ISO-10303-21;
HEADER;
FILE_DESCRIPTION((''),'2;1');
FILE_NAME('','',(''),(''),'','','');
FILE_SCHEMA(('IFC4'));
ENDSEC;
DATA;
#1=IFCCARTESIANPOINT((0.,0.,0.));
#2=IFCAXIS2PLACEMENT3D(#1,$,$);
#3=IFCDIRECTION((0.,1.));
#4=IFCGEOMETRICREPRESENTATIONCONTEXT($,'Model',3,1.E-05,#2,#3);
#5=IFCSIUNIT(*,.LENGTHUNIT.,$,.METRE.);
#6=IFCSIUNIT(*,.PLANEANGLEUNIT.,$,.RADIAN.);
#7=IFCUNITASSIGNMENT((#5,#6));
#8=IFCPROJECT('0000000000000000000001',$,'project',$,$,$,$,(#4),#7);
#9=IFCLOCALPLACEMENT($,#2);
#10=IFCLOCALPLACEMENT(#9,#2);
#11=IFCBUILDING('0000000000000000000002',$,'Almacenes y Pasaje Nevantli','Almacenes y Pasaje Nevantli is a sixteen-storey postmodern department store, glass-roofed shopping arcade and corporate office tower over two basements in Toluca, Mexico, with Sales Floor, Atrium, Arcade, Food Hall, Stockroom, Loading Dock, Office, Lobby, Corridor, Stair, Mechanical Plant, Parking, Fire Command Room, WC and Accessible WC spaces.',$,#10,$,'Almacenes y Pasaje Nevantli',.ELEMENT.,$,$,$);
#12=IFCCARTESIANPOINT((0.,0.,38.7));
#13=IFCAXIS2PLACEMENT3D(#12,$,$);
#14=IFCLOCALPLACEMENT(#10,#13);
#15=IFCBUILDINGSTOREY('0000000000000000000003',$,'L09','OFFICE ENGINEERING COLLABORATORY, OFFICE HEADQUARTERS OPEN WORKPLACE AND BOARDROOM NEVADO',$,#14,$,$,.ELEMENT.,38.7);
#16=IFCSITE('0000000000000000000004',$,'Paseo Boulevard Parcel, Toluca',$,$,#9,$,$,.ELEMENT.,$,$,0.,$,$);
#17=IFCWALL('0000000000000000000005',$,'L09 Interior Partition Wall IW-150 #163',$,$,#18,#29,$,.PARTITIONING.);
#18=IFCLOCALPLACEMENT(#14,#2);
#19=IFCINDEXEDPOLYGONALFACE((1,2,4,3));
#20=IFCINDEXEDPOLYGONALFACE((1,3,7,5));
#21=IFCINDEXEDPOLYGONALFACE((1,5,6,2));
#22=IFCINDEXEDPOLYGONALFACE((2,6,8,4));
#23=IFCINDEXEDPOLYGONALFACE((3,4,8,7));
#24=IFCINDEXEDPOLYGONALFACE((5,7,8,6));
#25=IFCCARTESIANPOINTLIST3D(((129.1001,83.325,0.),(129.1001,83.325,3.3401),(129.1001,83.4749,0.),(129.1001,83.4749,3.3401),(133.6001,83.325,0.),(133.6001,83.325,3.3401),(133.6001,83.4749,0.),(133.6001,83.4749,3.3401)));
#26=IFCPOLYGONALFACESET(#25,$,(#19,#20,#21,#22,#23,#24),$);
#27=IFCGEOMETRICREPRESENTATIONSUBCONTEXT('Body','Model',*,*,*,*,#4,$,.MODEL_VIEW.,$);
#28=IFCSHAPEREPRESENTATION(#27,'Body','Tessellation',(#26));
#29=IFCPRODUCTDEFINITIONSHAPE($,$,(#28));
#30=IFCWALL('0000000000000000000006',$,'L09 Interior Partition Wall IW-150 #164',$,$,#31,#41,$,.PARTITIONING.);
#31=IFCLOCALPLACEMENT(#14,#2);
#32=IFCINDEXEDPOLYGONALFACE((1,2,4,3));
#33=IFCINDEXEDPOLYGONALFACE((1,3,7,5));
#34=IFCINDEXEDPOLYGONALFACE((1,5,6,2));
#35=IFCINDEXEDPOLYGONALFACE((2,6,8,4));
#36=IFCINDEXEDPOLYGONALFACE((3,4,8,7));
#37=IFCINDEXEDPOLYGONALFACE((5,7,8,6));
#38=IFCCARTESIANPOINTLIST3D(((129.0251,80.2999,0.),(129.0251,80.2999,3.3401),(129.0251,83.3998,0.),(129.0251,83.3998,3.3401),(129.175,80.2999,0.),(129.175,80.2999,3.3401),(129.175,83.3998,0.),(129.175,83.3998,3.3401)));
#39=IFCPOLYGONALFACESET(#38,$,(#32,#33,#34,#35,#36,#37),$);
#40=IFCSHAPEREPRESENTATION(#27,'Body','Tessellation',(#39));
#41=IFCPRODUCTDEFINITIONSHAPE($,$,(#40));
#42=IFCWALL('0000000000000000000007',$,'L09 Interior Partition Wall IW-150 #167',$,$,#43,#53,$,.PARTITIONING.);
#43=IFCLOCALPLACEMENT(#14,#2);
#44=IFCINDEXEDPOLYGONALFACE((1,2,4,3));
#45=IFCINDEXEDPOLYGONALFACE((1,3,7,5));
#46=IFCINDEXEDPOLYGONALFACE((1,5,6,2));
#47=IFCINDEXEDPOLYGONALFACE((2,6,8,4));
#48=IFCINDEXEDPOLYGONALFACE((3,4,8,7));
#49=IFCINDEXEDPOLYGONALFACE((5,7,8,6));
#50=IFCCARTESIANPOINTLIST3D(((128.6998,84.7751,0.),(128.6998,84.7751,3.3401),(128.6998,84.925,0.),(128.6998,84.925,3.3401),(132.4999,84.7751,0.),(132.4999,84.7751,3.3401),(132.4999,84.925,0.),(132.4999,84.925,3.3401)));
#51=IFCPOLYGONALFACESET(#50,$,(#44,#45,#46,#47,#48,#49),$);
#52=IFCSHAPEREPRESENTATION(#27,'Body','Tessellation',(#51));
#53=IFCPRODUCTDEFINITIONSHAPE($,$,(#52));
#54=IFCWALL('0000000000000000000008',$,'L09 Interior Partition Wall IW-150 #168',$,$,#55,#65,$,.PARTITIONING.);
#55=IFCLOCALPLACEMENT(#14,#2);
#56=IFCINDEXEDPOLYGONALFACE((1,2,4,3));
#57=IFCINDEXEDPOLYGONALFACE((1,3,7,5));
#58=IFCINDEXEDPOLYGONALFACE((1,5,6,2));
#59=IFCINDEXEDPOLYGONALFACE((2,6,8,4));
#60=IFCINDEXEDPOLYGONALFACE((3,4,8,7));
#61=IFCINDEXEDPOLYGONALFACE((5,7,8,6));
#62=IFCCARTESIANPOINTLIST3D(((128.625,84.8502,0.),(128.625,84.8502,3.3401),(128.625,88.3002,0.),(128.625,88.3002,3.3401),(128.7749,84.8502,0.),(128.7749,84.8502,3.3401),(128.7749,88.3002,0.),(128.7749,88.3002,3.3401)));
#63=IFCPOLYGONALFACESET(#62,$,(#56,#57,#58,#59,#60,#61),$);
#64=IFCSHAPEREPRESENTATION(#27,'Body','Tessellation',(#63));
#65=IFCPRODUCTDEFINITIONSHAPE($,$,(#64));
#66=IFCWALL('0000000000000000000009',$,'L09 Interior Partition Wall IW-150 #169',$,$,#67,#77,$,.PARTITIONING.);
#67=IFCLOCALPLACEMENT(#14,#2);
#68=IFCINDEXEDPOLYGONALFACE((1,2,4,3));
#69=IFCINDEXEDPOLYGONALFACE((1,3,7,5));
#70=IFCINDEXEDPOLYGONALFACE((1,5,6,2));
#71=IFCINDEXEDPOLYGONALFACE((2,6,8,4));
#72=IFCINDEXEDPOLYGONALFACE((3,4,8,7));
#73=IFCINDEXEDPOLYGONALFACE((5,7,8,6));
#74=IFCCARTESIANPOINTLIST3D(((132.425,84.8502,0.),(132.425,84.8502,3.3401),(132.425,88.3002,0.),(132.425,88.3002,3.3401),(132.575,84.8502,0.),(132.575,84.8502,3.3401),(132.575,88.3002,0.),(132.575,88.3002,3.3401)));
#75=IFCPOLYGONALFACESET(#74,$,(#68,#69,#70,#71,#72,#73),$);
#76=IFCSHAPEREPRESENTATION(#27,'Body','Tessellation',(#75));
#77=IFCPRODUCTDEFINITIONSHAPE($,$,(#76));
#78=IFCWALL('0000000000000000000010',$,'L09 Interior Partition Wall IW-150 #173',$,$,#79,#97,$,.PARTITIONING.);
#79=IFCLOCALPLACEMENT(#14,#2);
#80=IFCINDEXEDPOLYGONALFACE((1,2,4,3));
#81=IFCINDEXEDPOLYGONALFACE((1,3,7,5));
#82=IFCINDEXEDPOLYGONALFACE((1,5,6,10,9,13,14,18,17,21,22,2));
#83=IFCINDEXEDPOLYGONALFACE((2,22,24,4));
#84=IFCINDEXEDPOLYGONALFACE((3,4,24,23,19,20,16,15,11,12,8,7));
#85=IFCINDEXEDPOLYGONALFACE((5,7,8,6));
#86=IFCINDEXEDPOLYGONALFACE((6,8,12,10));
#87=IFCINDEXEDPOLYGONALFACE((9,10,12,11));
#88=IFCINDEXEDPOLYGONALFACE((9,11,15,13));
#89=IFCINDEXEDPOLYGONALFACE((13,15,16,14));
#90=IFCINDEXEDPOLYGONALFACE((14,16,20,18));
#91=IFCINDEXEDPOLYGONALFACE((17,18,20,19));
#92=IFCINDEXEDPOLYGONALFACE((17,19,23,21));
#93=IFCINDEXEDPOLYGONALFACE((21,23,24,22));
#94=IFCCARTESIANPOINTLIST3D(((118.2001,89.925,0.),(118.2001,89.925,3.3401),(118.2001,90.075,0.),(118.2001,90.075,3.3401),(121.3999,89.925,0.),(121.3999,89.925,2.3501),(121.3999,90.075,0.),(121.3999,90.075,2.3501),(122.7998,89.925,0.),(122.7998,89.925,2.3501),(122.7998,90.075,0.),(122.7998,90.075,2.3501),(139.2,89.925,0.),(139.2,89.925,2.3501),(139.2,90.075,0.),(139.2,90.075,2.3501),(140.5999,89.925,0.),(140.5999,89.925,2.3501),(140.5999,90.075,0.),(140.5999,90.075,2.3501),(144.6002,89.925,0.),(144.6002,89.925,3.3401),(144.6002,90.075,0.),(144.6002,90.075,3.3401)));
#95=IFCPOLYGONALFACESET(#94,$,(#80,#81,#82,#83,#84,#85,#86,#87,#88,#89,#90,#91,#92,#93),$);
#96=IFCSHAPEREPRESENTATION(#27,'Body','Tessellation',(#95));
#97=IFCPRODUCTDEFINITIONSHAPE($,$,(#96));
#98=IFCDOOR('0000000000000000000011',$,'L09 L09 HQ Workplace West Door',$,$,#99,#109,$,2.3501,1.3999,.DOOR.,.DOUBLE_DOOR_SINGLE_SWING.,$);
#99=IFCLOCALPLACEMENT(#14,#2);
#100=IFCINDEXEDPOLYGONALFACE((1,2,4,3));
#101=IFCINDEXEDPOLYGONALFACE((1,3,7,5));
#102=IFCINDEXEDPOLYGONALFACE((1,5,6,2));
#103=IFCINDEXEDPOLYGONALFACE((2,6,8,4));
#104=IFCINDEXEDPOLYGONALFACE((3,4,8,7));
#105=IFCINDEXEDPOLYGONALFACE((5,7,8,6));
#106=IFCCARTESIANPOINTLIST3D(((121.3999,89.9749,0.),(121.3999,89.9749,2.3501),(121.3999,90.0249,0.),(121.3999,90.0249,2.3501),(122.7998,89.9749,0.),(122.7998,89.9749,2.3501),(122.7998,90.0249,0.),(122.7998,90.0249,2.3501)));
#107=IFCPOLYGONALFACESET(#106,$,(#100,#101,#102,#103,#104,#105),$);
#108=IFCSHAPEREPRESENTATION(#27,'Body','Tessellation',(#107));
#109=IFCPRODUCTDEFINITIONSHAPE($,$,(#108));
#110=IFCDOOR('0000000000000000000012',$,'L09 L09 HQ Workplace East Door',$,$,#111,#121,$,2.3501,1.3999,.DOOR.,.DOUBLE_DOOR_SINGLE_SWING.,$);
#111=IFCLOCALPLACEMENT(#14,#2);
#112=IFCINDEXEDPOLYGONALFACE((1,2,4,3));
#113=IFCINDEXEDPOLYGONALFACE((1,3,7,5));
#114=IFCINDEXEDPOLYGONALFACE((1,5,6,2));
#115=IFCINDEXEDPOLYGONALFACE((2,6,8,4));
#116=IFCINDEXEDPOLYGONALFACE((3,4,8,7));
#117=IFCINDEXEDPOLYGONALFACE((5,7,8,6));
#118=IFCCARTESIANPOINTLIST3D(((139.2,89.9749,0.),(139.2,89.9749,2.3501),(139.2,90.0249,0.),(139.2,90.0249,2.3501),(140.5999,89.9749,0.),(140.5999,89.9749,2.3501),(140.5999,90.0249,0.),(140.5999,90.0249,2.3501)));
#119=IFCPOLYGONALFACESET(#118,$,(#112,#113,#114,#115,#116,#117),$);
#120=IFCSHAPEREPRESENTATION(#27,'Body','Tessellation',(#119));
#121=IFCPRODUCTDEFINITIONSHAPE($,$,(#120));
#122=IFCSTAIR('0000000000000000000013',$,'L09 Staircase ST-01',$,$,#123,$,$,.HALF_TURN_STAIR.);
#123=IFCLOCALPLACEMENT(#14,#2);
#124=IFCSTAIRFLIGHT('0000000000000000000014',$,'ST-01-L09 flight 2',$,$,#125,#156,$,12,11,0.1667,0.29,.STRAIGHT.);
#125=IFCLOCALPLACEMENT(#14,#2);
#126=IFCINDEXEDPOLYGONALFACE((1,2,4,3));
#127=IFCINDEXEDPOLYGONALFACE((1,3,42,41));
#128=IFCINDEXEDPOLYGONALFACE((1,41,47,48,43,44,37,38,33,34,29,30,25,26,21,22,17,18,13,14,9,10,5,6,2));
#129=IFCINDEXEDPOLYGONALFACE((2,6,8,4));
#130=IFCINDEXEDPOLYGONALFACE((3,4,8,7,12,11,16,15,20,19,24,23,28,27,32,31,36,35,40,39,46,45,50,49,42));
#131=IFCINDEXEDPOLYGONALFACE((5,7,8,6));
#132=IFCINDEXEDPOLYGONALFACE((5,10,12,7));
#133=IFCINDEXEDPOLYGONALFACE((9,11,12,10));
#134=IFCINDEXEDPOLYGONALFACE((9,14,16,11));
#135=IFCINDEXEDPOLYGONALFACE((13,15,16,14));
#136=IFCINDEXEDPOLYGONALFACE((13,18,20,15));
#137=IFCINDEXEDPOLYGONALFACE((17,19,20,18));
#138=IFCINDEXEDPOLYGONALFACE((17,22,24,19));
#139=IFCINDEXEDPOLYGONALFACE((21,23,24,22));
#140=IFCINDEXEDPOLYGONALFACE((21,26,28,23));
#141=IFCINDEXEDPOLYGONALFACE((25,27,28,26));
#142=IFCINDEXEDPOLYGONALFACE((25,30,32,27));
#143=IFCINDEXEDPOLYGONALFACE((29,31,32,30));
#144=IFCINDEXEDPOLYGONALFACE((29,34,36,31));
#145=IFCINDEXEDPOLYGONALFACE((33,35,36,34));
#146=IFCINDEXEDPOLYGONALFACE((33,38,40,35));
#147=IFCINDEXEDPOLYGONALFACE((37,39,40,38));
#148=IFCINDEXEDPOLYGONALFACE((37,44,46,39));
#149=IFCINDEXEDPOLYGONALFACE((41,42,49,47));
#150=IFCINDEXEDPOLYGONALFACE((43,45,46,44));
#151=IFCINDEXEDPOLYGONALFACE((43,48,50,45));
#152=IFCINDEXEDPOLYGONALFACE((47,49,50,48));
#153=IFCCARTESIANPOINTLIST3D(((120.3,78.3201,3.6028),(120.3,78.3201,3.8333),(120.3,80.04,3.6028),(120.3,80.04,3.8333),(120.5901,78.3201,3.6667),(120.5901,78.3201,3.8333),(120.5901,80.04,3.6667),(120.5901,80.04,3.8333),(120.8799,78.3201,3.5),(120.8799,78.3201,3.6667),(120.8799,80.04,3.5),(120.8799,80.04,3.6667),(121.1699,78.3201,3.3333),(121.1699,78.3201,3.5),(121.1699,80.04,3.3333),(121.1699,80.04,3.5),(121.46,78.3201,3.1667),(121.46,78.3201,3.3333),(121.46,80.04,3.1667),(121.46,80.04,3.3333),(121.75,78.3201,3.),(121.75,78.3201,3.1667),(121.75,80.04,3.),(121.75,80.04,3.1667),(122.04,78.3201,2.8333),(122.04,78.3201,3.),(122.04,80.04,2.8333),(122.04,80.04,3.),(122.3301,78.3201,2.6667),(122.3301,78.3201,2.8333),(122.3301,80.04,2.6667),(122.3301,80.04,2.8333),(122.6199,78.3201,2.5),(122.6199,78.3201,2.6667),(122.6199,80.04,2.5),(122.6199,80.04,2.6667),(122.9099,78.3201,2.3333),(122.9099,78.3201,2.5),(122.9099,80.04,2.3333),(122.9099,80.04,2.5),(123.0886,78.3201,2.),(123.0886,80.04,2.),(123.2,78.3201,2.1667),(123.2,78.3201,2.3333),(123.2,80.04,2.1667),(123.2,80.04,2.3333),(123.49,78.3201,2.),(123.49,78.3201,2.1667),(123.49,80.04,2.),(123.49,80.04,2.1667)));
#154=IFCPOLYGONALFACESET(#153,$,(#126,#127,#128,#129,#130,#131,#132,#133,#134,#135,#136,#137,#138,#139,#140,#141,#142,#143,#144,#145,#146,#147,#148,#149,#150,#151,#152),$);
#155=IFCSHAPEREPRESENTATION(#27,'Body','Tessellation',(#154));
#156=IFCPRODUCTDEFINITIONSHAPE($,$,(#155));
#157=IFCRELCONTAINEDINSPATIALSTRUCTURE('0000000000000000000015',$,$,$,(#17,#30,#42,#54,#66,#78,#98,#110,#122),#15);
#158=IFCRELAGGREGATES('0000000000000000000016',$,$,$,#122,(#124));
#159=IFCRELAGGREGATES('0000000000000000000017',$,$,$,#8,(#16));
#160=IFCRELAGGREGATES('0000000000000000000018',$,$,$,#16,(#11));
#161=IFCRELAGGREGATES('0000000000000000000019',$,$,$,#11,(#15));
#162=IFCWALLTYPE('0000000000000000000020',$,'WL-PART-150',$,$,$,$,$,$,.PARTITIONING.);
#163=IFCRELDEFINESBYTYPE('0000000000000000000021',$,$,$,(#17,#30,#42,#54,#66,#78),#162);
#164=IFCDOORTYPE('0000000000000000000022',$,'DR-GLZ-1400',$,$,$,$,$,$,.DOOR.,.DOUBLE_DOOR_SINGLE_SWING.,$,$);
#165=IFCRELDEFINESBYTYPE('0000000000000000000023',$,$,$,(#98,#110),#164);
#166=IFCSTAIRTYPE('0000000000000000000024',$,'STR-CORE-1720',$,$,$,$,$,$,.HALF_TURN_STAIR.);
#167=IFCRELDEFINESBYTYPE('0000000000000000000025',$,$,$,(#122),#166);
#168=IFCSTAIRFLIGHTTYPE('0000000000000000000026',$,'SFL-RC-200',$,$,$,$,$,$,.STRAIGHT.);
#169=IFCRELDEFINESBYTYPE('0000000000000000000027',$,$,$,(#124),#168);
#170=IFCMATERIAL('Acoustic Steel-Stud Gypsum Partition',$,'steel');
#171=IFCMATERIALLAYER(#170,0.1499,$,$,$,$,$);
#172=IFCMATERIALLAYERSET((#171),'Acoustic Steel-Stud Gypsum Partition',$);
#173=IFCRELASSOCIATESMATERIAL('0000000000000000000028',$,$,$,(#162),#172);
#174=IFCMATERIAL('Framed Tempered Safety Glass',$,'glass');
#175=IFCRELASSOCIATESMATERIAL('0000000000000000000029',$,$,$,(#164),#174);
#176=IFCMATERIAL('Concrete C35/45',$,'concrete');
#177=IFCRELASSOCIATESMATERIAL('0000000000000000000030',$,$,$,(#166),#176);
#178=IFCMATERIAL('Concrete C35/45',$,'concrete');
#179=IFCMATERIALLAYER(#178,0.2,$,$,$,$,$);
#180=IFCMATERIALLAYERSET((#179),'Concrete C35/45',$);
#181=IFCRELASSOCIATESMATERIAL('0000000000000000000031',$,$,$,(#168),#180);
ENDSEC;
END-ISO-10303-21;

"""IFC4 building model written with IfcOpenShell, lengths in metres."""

from ifc_helpers import new_model, si_unit, direction, frame, frame_2d, origin, place, context, subcontext, project, spatial, polyline, rectangle, outline, extrude, material, layer, layer_set, type_object, element, fill, aggregate, save


model = new_model("IFC4")

# Units and contexts
model_context = context("Model", 3, precision=1e-05, world=origin(), true_north=direction((0.0, 1.0)))
body_context = subcontext(model_context, "Body", "Model", "MODEL_VIEW")
ifc_project = project(units=[si_unit("LENGTHUNIT", "METRE"), si_unit("PLANEANGLEUNIT", "RADIAN")], contexts=[model_context])

# Site, building, storey
site_placement = place(None, origin())
site = spatial("IfcSite", under=ifc_project, at=site_placement, Name="Paseo Boulevard Parcel, Toluca", CompositionType="ELEMENT", RefElevation=0.0)
building_placement = place(site_placement, origin())
building = spatial("IfcBuilding", under=site, at=building_placement, Name="Almacenes y Pasaje Nevantli", Description="Almacenes y Pasaje Nevantli is a sixteen-storey postmodern department store, glass-roofed shopping arcade and corporate office tower over two basements in Toluca, Mexico, with Sales Floor, Atrium, Arcade, Food Hall, Stockroom, Loading Dock, Office, Lobby, Corridor, Stair, Mechanical Plant, Parking, Fire Command Room, WC and Accessible WC spaces.", LongName="Almacenes y Pasaje Nevantli", CompositionType="ELEMENT")
storey_placement = place(building_placement, frame((0.0, 0.0, 38.7)))
storey = spatial("IfcBuildingStorey", under=building, at=storey_placement, Name="L09", Description="OFFICE ENGINEERING COLLABORATORY, OFFICE HEADQUARTERS OPEN WORKPLACE AND BOARDROOM NEVADO", CompositionType="ELEMENT", Elevation=38.7)

# Shared definitions
ifc_material_1 = material(Name="Acoustic Steel-Stud Gypsum Partition", Category="steel")
ifc_layer_1 = layer(ifc_material_1, 0.1499)
ifc_layer_set_1 = layer_set([ifc_layer_1], Name="Acoustic Steel-Stud Gypsum Partition")
wall_type_1 = type_object("IfcWallType", Name="WL-PART-150", PredefinedType="PARTITIONING", material=ifc_layer_set_1)

# Walls
wall_1_placement = place(storey_placement, frame((129.1001, 83.3999, 0.0), z_axis=(0.0, 0.0, 1.0), x_axis=(1.0, 0.0, 0.0)))
element("IfcWall", 1, at=wall_1_placement, inside=storey, type_object=wall_type_1, Name="L09 Interior Partition Wall IW-150 #163", PredefinedType="PARTITIONING", context=body_context, shape_type="SweptSolid", body=[
    extrude(rectangle(XDim=4.5, YDim=0.1499, at=frame_2d((2.25, 0.0))), origin(), (0.0, 0.0, 1.0), 3.3401),
])
wall_2_placement = place(storey_placement, frame((129.1001, 80.3, 0.0), z_axis=(0.0, 0.0, 1.0), x_axis=(0.0, 1.0, 0.0)))
element("IfcWall", 2, at=wall_2_placement, inside=storey, type_object=wall_type_1, Name="L09 Interior Partition Wall IW-150 #164", PredefinedType="PARTITIONING", context=body_context, shape_type="SweptSolid", body=[
    extrude(rectangle(XDim=3.0999, YDim=0.1499, at=frame_2d((1.5498, 0.0))), origin(), (0.0, 0.0, 1.0), 3.3401),
])

# Walls
wall_3_placement = place(storey_placement, frame((128.7, 84.8501, 0.0), z_axis=(0.0, 0.0, 1.0), x_axis=(1.0, 0.0, 0.0)))
element("IfcWall", 3, at=wall_3_placement, inside=storey, type_object=wall_type_1, Name="L09 Interior Partition Wall IW-150 #167", PredefinedType="PARTITIONING", context=body_context, shape_type="SweptSolid", body=[
    extrude(rectangle(XDim=3.8, YDim=0.1499, at=frame_2d((1.8999, 0.0))), origin(), (0.0, 0.0, 1.0), 3.3401),
])
for number, where, z_axis, x_axis, name in (
    (4, (128.7, 84.8501, 0.0), (0.0, 0.0, 1.0), (0.0, 1.0, 0.0), "L09 Interior Partition Wall IW-150 #168"),
    (5, (132.5, 84.8501, 0.0), (0.0, 0.0, 1.0), (0.0, 1.0, 0.0), "L09 Interior Partition Wall IW-150 #169"),
):
    element("IfcWall", number, at=place(storey_placement, frame(where, z_axis=z_axis, x_axis=x_axis)), inside=storey, type_object=wall_type_1, Name=name, PredefinedType="PARTITIONING", context=body_context, shape_type="SweptSolid", body=[
        extrude(rectangle(XDim=3.45, YDim=0.1499, at=frame_2d((1.7251, 0.0))), origin(), (0.0, 0.0, 1.0), 3.3401),
    ])

# Wall, openings, doors
wall_4_placement = place(storey_placement, frame((118.2, 90.0, 0.0), z_axis=(0.0, 0.0, 1.0), x_axis=(1.0, 0.0, 0.0)))
wall_4 = element("IfcWall", 6, at=wall_4_placement, inside=storey, type_object=wall_type_1, Name="L09 Interior Partition Wall IW-150 #173", PredefinedType="PARTITIONING", context=body_context, shape_type="SweptSolid", body=[
    extrude(rectangle(XDim=26.4001, YDim=0.1499, at=frame_2d((13.2002, 0.0))), origin(), (0.0, 0.0, 1.0), 3.3401),
])
opening_1_placement = place(wall_4_placement, frame((3.2, 0.0, 0.0)))
opening_1 = element("IfcOpeningElement", 7, at=opening_1_placement, cuts=wall_4, PredefinedType="OPENING", context=body_context, shape_type="SweptSolid", body=[
    extrude(rectangle(XDim=1.3999, YDim=2.3501, at=frame_2d((0.7, 1.175))), frame((0.0, 0.085, 0.0), z_axis=(0.0, -1.0, 0.0), x_axis=(1.0, 0.0, 0.0)), (0.0, 0.0, 1.0), 0.1699),
])
opening_2_placement = place(wall_4_placement, frame((21.0, 0.0, 0.0)))
opening_2 = element("IfcOpeningElement", 8, at=opening_2_placement, cuts=wall_4, PredefinedType="OPENING", context=body_context, shape_type="SweptSolid", body=[
    extrude(rectangle(XDim=1.3999, YDim=2.3501, at=frame_2d((0.7, 1.175))), frame((0.0, 0.085, 0.0), z_axis=(0.0, -1.0, 0.0), x_axis=(1.0, 0.0, 0.0)), (0.0, 0.0, 1.0), 0.1699),
])
ifc_material_2 = material(Name="Framed Tempered Safety Glass", Category="glass")
door_type_1 = type_object("IfcDoorType", Name="DR-GLZ-1400", OperationType="DOUBLE_DOOR_SINGLE_SWING", PredefinedType="DOOR", material=ifc_material_2)
door_1_placement = place(opening_1_placement, origin())
door_1 = element("IfcDoor", 9, at=door_1_placement, inside=storey, type_object=door_type_1, Name="L09 L09 HQ Workplace West Door", OperationType="DOUBLE_DOOR_SINGLE_SWING", OverallHeight=2.3501, OverallWidth=1.3999, PredefinedType="DOOR", context=body_context, shape_type="SweptSolid", body=[
    extrude(rectangle(XDim=1.3999, YDim=2.3501, at=frame_2d((0.7, 1.175))), frame((0.0, 0.0249, 0.0), z_axis=(0.0, -1.0, 0.0), x_axis=(1.0, 0.0, 0.0)), (0.0, 0.0, 1.0), 0.05),
])
fill(opening_1, door_1)
door_2_placement = place(opening_2_placement, origin())
door_2 = element("IfcDoor", 10, at=door_2_placement, inside=storey, type_object=door_type_1, Name="L09 L09 HQ Workplace East Door", OperationType="DOUBLE_DOOR_SINGLE_SWING", OverallHeight=2.3501, OverallWidth=1.3999, PredefinedType="DOOR", context=body_context, shape_type="SweptSolid", body=[
    extrude(rectangle(XDim=1.3999, YDim=2.3501, at=frame_2d((0.7, 1.175))), frame((0.0, 0.0249, 0.0), z_axis=(0.0, -1.0, 0.0), x_axis=(1.0, 0.0, 0.0)), (0.0, 0.0, 1.0), 0.05),
])
fill(opening_2, door_2)

# Stair, stair flight
ifc_material_3 = material(Name="Concrete C35/45", Category="concrete")
stair_type = type_object("IfcStairType", Name="STR-CORE-1720", PredefinedType="HALF_TURN_STAIR", material=ifc_material_3)
stair_placement = place(storey_placement, origin())
stair = element("IfcStair", 11, at=stair_placement, inside=storey, type_object=stair_type, Name="L09 Staircase ST-01", PredefinedType="HALF_TURN_STAIR")
ifc_material_4 = material(Name="Concrete C35/45", Category="concrete")
ifc_layer_2 = layer(ifc_material_4, 0.2)
ifc_layer_set_2 = layer_set([ifc_layer_2], Name="Concrete C35/45")
stair_flight_type = type_object("IfcStairFlightType", Name="SFL-RC-200", PredefinedType="STRAIGHT", material=ifc_layer_set_2)
stair_flight_placement = place(storey_placement, frame((123.49, 79.1799, 2.0), z_axis=(0.0, 0.0, 1.0), x_axis=(-1.0, 0.0, 0.0)))
stair_flight = element("IfcStairFlight", 12, at=stair_flight_placement, type_object=stair_flight_type, Name="ST-01-L09 flight 2", NumberOfRisers=12, NumberOfTreads=11, PredefinedType="STRAIGHT", RiserHeight=0.1667, TreadLength=0.29, context=body_context, shape_type="SweptSolid", body=[
    extrude(outline(polyline([(0.0, 0.0), (0.0, 0.1667), (0.29, 0.1667), (0.29, 0.3333), (0.5801, 0.3333), (0.5801, 0.5), (0.8701, 0.5), (0.8701, 0.6667), (1.1599, 0.6667), (1.1599, 0.8333), (1.45, 0.8333), (1.45, 1.0), (1.74, 1.0), (1.74, 1.1667), (2.03, 1.1667), (2.03, 1.3333), (2.3201, 1.3333), (2.3201, 1.5), (2.6101, 1.5), (2.6101, 1.6667), (2.8999, 1.6667), (2.8999, 1.8333), (3.1899, 1.8333), (3.1899, 2.0), (3.1899, 1.6028), (0.4014, 0.0), (0.0, 0.0)])), frame((0.0, 0.8599, 0.0), z_axis=(0.0, -1.0, 0.0), x_axis=(1.0, 0.0, 0.0)), (0.0, 0.0, 1.0), 1.72),
])
aggregate(stair, [stair_flight])

save(model, "model.ifc")
